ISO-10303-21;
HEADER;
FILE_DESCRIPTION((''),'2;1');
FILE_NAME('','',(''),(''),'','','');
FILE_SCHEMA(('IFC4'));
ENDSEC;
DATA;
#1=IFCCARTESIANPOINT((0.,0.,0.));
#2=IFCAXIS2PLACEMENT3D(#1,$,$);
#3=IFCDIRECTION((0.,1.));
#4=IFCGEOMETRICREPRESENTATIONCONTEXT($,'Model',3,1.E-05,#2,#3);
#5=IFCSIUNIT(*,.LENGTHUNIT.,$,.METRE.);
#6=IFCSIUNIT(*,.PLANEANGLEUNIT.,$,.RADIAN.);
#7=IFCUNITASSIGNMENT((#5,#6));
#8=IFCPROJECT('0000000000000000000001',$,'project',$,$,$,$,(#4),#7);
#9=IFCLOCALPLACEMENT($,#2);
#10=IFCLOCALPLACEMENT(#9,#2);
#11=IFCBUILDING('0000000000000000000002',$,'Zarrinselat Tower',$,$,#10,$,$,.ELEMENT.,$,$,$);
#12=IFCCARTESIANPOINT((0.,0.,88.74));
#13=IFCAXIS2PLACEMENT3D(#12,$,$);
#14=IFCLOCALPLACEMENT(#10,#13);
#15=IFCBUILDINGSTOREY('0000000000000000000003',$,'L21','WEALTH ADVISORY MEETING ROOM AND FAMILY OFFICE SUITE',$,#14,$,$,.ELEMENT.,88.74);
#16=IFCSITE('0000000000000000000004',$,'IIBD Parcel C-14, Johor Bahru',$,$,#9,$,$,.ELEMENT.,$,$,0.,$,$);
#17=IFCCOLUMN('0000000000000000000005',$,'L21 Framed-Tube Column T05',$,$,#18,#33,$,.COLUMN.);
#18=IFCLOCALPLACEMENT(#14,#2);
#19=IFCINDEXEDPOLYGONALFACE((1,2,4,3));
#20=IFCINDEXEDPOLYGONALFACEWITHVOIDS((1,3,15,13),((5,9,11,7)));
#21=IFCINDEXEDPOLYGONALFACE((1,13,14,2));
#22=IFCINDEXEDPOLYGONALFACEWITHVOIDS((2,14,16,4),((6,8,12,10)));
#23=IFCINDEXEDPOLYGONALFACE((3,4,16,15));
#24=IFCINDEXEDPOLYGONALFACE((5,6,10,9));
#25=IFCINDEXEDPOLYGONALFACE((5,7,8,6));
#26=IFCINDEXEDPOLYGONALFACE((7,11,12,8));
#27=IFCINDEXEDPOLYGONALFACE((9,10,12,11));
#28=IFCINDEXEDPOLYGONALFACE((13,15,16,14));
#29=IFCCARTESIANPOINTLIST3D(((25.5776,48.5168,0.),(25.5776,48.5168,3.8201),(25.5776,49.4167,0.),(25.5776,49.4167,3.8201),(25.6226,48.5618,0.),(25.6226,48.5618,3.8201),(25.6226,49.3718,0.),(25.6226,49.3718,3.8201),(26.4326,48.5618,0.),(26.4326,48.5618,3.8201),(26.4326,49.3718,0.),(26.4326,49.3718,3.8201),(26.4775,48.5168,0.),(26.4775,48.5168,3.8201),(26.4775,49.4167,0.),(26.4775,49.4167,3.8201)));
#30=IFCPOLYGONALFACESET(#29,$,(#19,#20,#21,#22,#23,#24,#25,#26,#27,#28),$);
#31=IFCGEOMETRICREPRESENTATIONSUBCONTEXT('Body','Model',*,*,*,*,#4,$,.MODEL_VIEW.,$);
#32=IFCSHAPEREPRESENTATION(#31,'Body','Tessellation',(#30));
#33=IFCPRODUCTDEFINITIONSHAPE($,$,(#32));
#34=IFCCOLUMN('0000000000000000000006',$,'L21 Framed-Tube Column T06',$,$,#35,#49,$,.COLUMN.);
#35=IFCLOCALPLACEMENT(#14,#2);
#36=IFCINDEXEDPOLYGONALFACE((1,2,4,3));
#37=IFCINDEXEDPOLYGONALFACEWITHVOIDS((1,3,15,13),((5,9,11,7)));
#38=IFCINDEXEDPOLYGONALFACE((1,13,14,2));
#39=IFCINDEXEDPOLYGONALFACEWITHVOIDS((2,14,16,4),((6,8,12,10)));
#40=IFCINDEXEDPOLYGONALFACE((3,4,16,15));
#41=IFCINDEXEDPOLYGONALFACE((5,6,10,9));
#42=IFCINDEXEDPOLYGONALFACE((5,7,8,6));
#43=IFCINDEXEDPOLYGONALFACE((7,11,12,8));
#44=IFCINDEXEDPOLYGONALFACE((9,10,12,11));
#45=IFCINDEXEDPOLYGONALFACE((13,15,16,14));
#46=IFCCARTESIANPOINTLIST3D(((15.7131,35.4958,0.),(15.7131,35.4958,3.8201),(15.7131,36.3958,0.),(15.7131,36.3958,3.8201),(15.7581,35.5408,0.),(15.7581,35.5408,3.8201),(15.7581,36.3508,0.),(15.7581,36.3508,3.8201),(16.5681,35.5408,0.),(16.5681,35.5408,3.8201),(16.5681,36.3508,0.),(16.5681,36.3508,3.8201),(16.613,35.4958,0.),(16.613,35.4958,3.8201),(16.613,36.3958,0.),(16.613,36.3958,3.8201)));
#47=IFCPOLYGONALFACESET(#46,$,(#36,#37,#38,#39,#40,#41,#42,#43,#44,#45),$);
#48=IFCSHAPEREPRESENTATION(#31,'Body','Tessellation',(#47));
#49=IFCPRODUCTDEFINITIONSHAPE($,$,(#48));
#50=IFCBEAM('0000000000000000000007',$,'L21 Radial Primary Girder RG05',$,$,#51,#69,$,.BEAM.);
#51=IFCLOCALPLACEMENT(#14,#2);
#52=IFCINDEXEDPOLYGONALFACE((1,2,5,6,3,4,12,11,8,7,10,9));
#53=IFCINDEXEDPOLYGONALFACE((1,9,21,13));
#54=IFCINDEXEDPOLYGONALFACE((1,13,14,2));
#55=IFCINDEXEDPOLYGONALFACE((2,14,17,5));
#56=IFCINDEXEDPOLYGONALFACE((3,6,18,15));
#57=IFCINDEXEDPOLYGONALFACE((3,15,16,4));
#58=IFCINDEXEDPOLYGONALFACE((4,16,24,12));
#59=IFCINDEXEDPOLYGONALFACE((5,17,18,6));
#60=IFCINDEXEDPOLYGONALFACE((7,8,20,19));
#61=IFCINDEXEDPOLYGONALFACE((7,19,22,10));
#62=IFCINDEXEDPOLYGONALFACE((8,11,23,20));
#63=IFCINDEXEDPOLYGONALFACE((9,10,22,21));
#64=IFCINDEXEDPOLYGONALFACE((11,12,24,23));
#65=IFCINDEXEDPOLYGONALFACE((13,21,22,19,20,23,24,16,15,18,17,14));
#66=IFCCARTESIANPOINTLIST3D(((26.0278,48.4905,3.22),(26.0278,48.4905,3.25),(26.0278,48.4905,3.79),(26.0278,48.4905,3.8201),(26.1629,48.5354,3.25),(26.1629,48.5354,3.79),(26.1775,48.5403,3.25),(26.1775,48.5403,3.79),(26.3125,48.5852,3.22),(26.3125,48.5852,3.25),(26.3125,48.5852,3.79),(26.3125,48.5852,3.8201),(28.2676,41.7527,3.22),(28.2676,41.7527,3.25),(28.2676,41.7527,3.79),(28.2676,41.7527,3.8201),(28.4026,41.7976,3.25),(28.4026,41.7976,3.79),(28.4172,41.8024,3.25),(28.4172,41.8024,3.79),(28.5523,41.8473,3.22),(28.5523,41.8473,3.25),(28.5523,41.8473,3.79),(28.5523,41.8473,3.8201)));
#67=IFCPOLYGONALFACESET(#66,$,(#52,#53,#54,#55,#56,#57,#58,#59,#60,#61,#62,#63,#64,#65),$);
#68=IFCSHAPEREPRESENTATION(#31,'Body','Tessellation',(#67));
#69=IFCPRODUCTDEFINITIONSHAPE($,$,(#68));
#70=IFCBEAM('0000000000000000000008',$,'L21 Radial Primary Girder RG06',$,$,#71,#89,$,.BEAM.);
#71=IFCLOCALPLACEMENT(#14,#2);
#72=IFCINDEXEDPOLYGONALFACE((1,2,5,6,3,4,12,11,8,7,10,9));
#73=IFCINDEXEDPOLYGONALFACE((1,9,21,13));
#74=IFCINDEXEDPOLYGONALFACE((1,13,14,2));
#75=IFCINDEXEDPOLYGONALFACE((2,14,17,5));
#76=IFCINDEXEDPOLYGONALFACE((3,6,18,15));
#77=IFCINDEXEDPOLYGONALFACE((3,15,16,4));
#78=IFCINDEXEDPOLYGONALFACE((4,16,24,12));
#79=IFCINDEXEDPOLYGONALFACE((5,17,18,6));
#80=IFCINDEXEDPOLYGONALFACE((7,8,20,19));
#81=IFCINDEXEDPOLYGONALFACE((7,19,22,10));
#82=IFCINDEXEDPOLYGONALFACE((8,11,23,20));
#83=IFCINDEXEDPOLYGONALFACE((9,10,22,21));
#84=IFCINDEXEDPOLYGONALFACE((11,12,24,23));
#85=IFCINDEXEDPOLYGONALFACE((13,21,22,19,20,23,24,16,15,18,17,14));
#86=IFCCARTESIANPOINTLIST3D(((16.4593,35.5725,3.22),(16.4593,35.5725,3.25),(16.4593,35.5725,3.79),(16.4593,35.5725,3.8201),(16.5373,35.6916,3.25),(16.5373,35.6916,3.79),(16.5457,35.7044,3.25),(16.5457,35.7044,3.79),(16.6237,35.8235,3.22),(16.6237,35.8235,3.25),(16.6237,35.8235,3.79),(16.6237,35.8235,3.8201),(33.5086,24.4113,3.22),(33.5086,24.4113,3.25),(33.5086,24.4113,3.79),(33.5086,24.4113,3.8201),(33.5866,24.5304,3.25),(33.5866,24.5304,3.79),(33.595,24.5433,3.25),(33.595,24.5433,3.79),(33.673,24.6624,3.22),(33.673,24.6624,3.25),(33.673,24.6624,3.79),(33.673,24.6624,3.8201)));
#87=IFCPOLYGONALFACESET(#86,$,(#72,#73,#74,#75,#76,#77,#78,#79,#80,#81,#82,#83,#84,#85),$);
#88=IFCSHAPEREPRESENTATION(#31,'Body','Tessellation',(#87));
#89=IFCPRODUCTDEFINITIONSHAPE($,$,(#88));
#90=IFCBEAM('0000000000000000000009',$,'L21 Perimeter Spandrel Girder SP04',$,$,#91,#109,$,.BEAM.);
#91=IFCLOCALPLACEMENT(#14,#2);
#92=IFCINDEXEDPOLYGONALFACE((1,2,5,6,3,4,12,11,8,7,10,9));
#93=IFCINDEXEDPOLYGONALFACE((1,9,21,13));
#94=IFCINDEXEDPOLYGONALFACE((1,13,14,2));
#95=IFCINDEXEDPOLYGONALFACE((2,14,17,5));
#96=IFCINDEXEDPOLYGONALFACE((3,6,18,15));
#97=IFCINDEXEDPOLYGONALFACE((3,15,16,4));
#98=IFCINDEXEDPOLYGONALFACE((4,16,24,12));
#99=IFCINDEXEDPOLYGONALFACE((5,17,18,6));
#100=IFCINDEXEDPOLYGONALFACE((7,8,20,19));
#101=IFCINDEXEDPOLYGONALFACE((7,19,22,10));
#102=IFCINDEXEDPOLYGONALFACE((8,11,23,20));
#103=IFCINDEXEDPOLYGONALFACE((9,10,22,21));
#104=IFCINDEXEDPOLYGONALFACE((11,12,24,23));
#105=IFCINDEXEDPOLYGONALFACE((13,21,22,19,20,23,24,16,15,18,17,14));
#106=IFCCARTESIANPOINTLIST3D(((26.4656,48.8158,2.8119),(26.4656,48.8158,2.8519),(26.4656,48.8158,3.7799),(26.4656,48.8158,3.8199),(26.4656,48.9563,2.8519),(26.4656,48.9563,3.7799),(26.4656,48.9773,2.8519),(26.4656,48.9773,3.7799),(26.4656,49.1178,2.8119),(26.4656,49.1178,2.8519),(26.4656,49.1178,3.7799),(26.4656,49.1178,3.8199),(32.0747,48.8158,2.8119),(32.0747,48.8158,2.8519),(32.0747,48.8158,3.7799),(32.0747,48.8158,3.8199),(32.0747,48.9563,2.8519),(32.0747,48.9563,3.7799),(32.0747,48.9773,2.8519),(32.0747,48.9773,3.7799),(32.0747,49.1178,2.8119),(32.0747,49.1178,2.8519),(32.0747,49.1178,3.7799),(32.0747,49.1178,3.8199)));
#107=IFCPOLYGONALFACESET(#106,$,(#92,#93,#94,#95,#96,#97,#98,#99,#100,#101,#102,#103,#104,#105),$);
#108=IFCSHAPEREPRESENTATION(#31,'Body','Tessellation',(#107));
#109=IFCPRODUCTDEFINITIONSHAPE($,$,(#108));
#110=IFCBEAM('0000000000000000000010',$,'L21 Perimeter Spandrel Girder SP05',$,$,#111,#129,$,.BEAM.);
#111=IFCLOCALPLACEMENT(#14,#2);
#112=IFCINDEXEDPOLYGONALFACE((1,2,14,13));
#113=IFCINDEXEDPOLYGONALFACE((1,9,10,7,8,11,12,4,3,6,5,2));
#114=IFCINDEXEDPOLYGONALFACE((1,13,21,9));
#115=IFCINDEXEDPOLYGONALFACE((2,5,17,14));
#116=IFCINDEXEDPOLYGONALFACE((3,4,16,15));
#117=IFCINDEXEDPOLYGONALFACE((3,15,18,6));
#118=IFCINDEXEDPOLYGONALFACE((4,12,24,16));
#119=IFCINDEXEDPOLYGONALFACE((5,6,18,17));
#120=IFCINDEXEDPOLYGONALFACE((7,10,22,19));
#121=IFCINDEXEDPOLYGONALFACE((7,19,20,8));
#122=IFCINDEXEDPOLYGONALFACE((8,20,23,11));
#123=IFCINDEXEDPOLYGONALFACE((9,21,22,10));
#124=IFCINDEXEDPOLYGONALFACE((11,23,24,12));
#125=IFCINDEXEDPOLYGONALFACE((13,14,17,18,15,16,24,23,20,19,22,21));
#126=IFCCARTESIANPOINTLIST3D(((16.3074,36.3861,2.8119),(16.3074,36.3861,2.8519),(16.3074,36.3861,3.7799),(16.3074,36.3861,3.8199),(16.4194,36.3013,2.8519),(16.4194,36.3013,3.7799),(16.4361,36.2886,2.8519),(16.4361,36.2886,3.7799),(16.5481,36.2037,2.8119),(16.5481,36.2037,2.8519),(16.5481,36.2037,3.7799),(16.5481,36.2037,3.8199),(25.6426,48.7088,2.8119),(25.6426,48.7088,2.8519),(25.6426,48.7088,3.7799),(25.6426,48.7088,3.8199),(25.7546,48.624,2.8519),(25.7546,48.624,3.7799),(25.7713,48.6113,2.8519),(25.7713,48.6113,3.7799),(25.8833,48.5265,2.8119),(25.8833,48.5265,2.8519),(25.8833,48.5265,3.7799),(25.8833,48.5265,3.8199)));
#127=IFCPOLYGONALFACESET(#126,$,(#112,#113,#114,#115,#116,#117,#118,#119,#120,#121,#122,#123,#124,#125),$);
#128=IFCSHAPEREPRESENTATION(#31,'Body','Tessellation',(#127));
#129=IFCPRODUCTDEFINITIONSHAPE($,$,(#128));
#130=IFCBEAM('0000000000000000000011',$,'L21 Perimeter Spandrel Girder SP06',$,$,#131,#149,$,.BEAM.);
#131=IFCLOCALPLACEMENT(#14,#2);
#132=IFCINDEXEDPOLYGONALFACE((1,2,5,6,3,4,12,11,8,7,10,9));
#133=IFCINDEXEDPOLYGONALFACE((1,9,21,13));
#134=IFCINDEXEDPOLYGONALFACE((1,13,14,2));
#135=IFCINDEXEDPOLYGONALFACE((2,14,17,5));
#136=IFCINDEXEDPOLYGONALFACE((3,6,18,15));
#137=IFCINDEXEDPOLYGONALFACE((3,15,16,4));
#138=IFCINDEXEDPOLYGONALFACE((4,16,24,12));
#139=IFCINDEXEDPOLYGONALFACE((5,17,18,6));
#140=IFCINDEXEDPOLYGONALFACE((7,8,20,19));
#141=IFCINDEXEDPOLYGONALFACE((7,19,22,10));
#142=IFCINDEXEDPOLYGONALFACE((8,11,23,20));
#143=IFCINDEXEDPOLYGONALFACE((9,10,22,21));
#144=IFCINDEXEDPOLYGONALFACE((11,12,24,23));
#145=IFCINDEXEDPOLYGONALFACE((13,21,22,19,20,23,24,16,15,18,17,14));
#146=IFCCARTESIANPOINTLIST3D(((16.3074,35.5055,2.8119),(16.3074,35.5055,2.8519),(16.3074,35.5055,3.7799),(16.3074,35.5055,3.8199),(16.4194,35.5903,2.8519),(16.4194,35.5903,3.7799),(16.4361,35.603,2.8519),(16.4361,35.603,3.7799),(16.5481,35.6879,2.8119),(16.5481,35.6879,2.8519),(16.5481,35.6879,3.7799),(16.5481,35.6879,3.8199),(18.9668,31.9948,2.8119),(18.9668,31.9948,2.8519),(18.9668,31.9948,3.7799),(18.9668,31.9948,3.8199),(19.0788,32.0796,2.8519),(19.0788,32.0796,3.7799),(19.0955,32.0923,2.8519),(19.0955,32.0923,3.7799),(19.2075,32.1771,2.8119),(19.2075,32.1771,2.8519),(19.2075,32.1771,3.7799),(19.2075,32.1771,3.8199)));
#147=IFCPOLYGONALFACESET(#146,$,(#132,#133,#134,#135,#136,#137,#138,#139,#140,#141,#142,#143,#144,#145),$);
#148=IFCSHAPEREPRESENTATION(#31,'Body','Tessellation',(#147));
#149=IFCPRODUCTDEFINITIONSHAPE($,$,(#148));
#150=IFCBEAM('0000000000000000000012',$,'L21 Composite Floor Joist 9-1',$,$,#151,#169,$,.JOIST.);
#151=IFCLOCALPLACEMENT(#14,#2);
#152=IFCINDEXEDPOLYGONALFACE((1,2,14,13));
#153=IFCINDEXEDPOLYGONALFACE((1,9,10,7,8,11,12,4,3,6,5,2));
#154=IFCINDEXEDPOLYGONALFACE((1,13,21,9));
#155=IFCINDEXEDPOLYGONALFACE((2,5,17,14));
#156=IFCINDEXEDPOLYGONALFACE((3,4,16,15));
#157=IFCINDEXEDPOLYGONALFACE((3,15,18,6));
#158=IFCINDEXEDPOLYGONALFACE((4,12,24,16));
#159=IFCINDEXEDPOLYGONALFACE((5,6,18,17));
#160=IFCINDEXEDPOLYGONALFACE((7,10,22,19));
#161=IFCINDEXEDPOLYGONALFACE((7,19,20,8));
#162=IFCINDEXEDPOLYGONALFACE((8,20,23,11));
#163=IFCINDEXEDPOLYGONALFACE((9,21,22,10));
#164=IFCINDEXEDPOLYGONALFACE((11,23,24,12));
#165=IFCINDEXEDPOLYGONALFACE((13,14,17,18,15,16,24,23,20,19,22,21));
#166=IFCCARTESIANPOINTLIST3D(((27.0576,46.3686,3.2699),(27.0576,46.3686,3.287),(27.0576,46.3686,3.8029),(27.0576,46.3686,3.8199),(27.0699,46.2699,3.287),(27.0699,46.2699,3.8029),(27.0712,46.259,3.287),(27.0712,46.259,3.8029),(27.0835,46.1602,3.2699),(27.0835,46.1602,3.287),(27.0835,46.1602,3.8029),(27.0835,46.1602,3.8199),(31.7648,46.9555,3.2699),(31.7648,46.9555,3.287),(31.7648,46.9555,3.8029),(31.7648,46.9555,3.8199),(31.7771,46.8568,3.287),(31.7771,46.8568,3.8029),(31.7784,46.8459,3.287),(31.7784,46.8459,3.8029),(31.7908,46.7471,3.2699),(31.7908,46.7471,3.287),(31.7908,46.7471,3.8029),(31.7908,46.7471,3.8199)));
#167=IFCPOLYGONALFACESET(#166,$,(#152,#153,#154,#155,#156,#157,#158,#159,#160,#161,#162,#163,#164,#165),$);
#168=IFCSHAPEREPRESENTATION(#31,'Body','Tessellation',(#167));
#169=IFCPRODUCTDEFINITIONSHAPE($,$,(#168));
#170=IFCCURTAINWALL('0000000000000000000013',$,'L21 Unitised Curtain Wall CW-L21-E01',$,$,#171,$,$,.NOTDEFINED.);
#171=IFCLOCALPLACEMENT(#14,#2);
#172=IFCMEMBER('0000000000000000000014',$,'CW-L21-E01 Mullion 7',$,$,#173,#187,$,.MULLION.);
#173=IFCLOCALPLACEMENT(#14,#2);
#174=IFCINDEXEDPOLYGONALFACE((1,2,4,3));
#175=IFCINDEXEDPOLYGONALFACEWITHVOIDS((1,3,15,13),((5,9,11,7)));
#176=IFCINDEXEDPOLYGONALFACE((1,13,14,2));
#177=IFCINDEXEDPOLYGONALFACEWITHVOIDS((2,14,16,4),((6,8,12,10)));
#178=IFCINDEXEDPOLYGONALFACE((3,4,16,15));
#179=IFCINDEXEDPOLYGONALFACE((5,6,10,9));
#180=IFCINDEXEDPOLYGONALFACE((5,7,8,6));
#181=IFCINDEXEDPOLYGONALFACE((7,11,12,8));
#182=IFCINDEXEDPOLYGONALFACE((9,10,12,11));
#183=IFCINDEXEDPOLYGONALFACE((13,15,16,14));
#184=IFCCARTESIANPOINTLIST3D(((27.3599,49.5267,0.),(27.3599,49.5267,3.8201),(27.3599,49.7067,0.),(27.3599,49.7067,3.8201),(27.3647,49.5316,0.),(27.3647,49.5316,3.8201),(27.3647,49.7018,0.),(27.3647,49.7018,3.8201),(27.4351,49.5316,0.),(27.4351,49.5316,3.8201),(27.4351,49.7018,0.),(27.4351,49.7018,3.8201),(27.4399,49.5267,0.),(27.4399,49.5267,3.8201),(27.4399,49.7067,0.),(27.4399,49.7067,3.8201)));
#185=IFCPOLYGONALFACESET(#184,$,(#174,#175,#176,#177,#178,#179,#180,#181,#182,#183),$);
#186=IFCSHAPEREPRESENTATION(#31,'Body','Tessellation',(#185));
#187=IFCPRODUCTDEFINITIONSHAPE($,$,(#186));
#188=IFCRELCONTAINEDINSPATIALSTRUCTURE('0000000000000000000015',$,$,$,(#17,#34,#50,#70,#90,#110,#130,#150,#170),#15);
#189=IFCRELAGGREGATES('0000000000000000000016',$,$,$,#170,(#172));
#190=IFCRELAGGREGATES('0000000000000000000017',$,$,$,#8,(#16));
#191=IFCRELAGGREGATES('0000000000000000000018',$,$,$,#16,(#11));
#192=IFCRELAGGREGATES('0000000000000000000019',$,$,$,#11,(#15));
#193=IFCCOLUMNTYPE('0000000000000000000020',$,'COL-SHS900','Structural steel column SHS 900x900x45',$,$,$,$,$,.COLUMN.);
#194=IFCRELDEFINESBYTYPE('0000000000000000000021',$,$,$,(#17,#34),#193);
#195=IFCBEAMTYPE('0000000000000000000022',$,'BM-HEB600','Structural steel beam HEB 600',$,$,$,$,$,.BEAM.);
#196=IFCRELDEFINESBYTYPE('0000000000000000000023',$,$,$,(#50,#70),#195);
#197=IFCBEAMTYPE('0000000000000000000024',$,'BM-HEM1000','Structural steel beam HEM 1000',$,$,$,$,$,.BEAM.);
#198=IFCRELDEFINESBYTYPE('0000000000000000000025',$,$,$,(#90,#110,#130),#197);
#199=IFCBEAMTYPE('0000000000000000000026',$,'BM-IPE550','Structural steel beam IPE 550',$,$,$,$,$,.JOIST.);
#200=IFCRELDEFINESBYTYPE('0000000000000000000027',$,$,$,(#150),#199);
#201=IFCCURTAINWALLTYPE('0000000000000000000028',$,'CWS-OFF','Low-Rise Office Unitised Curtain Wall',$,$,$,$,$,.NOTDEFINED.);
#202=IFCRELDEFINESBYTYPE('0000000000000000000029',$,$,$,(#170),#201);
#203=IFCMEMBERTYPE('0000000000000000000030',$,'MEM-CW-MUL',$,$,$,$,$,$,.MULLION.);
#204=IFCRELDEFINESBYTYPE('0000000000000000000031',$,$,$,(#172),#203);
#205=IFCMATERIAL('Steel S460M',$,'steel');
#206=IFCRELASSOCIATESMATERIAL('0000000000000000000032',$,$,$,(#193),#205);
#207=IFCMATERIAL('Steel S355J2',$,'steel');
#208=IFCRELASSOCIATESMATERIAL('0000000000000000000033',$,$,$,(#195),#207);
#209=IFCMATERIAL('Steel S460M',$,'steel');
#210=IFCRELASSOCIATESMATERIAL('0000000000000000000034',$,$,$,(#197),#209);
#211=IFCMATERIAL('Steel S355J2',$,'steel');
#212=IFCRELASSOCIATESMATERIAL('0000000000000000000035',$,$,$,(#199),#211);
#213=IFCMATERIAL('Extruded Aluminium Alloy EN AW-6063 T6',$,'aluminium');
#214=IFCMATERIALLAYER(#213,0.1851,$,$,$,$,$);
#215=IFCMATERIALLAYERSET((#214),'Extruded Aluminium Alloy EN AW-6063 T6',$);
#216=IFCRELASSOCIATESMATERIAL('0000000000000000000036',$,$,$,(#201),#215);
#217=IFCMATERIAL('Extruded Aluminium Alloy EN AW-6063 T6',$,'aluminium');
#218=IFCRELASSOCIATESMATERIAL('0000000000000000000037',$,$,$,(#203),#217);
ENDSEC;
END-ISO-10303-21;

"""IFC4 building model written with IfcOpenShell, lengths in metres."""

from ifc_helpers import new_model, si_unit, direction, frame, origin, origin_2d, place, context, subcontext, project, spatial, hollow_rectangle, i_section, extrude, material, layer, layer_set, material_profile, profile_set, type_object, element, aggregate, save


model = new_model("IFC4")

# Units and contexts
model_context = context("Model", 3, precision=1e-05, world=origin(), true_north=direction((0.0, 1.0)))
body_context = subcontext(model_context, "Body", "Model", "MODEL_VIEW")
ifc_project = project(units=[si_unit("LENGTHUNIT", "METRE"), si_unit("PLANEANGLEUNIT", "RADIAN")], contexts=[model_context])

# Site, building, storey
site_placement = place(None, origin())
site = spatial("IfcSite", under=ifc_project, at=site_placement, Name="IIBD Parcel C-14, Johor Bahru", CompositionType="ELEMENT", RefElevation=0.0)
building_placement = place(site_placement, origin())
building = spatial("IfcBuilding", under=site, at=building_placement, Name="Zarrinselat Tower", CompositionType="ELEMENT")
storey_placement = place(building_placement, frame((0.0, 0.0, 88.74)))
storey = spatial("IfcBuildingStorey", under=building, at=storey_placement, Name="L21", Description="WEALTH ADVISORY MEETING ROOM AND FAMILY OFFICE SUITE", CompositionType="ELEMENT", Elevation=88.74)

# Columns
ifc_material_1 = material(Name="Steel S460M", Category="steel")
ifc_material_profile_1 = material_profile(ifc_material_1, hollow_rectangle(XDim=0.8999, YDim=0.8999, WallThickness=0.0449, at=origin_2d()), Name="SHS 900x900x45")
ifc_profile_set_1 = profile_set([ifc_material_profile_1], Name="Steel S460M")
column_type = type_object("IfcColumnType", Name="COL-SHS900", Description="Structural steel column SHS 900x900x45", PredefinedType="COLUMN", material=ifc_profile_set_1)
for number, where, z_axis, x_axis, name in (
    (1, (26.0276, 48.9668, 0.0), (0.0, 0.0, 1.0), (1.0, 0.0, 0.0), "L21 Framed-Tube Column T05"),
    (2, (16.1631, 35.9458, 0.0), (0.0, 0.0, 1.0), (1.0, 0.0, 0.0), "L21 Framed-Tube Column T06"),
):
    element("IfcColumn", number, at=place(storey_placement, frame(where, z_axis=z_axis, x_axis=x_axis)), inside=storey, type_object=column_type, Name=name, PredefinedType="COLUMN", context=body_context, shape_type="SweptSolid", body=[
        extrude(hollow_rectangle(XDim=0.8999, YDim=0.8999, WallThickness=0.0449, at=origin_2d()), origin(), (0.0, 0.0, 1.0), 3.8201),
    ])

# Beams
ifc_material_2 = material(Name="Steel S355J2", Category="steel")
ifc_material_profile_2 = material_profile(ifc_material_2, i_section(OverallWidth=0.3, OverallDepth=0.6001, WebThickness=0.0154, FlangeThickness=0.03, at=origin_2d()), Name="HEB 600")
ifc_profile_set_2 = profile_set([ifc_material_profile_2], Name="Steel S355J2")
beam_type_1 = type_object("IfcBeamType", Name="BM-HEB600", Description="Structural steel beam HEB 600", PredefinedType="BEAM", material=ifc_profile_set_2)
beam_1_placement = place(storey_placement, frame((26.1702, 48.5378, 3.52), z_axis=(0.315444, -0.948944, 0.0), x_axis=(0.948944, 0.315444, 0.0)))
element("IfcBeam", 3, at=beam_1_placement, inside=storey, type_object=beam_type_1, Name="L21 Radial Primary Girder RG05", PredefinedType="BEAM", context=body_context, shape_type="SweptSolid", body=[
    extrude(i_section(OverallWidth=0.3, OverallDepth=0.6001, WebThickness=0.0154, FlangeThickness=0.03, at=origin_2d()), origin(), (0.0, 0.0, 1.0), 7.1003),
])
beam_2_placement = place(storey_placement, frame((16.5415, 35.698, 3.52), z_axis=(0.836666, -0.547713, 0.0), x_axis=(0.547713, 0.836666, 0.0)))
element("IfcBeam", 4, at=beam_2_placement, inside=storey, type_object=beam_type_1, Name="L21 Radial Primary Girder RG06", PredefinedType="BEAM", context=body_context, shape_type="SweptSolid", body=[
    extrude(i_section(OverallWidth=0.3, OverallDepth=0.6001, WebThickness=0.0154, FlangeThickness=0.03, at=origin_2d()), origin(), (0.0, 0.0, 1.0), 20.3777),
])
ifc_material_3 = material(Name="Steel S460M", Category="steel")
ifc_material_profile_3 = material_profile(ifc_material_3, i_section(OverallWidth=0.302, OverallDepth=1.0081, WebThickness=0.021, FlangeThickness=0.04, at=origin_2d()), Name="HEM 1000")
ifc_profile_set_3 = profile_set([ifc_material_profile_3], Name="Steel S460M")
beam_type_2 = type_object("IfcBeamType", Name="BM-HEM1000", Description="Structural steel beam HEM 1000", PredefinedType="BEAM", material=ifc_profile_set_3)
beam_3_placement = place(storey_placement, frame((26.4656, 48.9668, 3.3159), z_axis=(1.0, 0.0, 0.0), x_axis=(0.0, 1.0, 0.0)))
element("IfcBeam", 5, at=beam_3_placement, inside=storey, type_object=beam_type_2, Name="L21 Perimeter Spandrel Girder SP04", PredefinedType="BEAM", context=body_context, shape_type="SweptSolid", body=[
    extrude(i_section(OverallWidth=0.302, OverallDepth=1.0081, WebThickness=0.021, FlangeThickness=0.04, at=origin_2d()), origin(), (0.0, 0.0, 1.0), 5.6091),
])
beam_4_placement = place(storey_placement, frame((16.4277, 36.2949, 3.3159), z_axis=(0.603849, 0.797099, 0.0), x_axis=(-0.797099, 0.603849, 0.0)))
element("IfcBeam", 6, at=beam_4_placement, inside=storey, type_object=beam_type_2, Name="L21 Perimeter Spandrel Girder SP05", PredefinedType="BEAM", context=body_context, shape_type="SweptSolid", body=[
    extrude(i_section(OverallWidth=0.302, OverallDepth=1.0081, WebThickness=0.021, FlangeThickness=0.04, at=origin_2d()), origin(), (0.0, 0.0, 1.0), 15.4595),
])
beam_5_placement = place(storey_placement, frame((16.4277, 35.5967, 3.3159), z_axis=(0.603825, -0.797117, 0.0), x_axis=(0.797117, 0.603825, 0.0)))
element("IfcBeam", 7, at=beam_5_placement, inside=storey, type_object=beam_type_2, Name="L21 Perimeter Spandrel Girder SP06", PredefinedType="BEAM", context=body_context, shape_type="SweptSolid", body=[
    extrude(i_section(OverallWidth=0.302, OverallDepth=1.0081, WebThickness=0.021, FlangeThickness=0.04, at=origin_2d()), origin(), (0.0, 0.0, 1.0), 4.4043),
])
ifc_material_4 = material(Name="Steel S355J2", Category="steel")
ifc_material_profile_4 = material_profile(ifc_material_4, i_section(OverallWidth=0.21, OverallDepth=0.55, WebThickness=0.011, FlangeThickness=0.0171, at=origin_2d()), Name="IPE 550")
ifc_profile_set_4 = profile_set([ifc_material_profile_4], Name="Steel S355J2")
beam_type_3 = type_object("IfcBeamType", Name="BM-IPE550", Description="Structural steel beam IPE 550", PredefinedType="JOIST", material=ifc_profile_set_4)
beam_6_placement = place(storey_placement, frame((27.0706, 46.2644, 3.5449), z_axis=(0.992317, 0.123724, 0.0), x_axis=(-0.123724, 0.992317, 0.0)))
element("IfcBeam", 8, at=beam_6_placement, inside=storey, type_object=beam_type_3, Name="L21 Composite Floor Joist 9-1", PredefinedType="JOIST", context=body_context, shape_type="SweptSolid", body=[
    extrude(i_section(OverallWidth=0.21, OverallDepth=0.55, WebThickness=0.011, FlangeThickness=0.0171, at=origin_2d()), origin(), (0.0, 0.0, 1.0), 4.7437),
])

# Curtain wall, member
ifc_material_5 = material(Name="Extruded Aluminium Alloy EN AW-6063 T6", Category="aluminium")
ifc_layer_1 = layer(ifc_material_5, 0.1851)
ifc_layer_set_1 = layer_set([ifc_layer_1], Name="Extruded Aluminium Alloy EN AW-6063 T6")
curtain_wall_type = type_object("IfcCurtainWallType", Name="CWS-OFF", Description="Low-Rise Office Unitised Curtain Wall", PredefinedType="NOTDEFINED", material=ifc_layer_set_1)
curtain_wall_1_placement = place(storey_placement, origin())
curtain_wall_1 = element("IfcCurtainWall", 9, at=curtain_wall_1_placement, inside=storey, type_object=curtain_wall_type, Name="L21 Unitised Curtain Wall CW-L21-E01", PredefinedType="NOTDEFINED")
ifc_material_6 = material(Name="Extruded Aluminium Alloy EN AW-6063 T6", Category="aluminium")
ifc_material_profile_5 = material_profile(ifc_material_6, hollow_rectangle(XDim=0.0801, YDim=0.1799, WallThickness=0.0049, at=origin_2d()), Name="RHS 180x80x5")
ifc_profile_set_5 = profile_set([ifc_material_profile_5], Name="Extruded Aluminium Alloy EN AW-6063 T6")
member_type_1 = type_object("IfcMemberType", Name="MEM-CW-MUL", PredefinedType="MULLION", material=ifc_profile_set_5)
member_1_placement = place(storey_placement, frame((27.3999, 49.6167, 0.0), z_axis=(0.0, 0.0, 1.0), x_axis=(-1.0, 0.0, 0.0)))
member_1 = element("IfcMember", 10, at=member_1_placement, type_object=member_type_1, Name="CW-L21-E01 Mullion 7", PredefinedType="MULLION", context=body_context, shape_type="SweptSolid", body=[
    extrude(hollow_rectangle(XDim=0.0801, YDim=0.1799, WallThickness=0.0049, at=origin_2d()), origin(), (0.0, 0.0, 1.0), 3.8201),
])

aggregate(curtain_wall_1, [member_1])

save(model, "model.ifc")
